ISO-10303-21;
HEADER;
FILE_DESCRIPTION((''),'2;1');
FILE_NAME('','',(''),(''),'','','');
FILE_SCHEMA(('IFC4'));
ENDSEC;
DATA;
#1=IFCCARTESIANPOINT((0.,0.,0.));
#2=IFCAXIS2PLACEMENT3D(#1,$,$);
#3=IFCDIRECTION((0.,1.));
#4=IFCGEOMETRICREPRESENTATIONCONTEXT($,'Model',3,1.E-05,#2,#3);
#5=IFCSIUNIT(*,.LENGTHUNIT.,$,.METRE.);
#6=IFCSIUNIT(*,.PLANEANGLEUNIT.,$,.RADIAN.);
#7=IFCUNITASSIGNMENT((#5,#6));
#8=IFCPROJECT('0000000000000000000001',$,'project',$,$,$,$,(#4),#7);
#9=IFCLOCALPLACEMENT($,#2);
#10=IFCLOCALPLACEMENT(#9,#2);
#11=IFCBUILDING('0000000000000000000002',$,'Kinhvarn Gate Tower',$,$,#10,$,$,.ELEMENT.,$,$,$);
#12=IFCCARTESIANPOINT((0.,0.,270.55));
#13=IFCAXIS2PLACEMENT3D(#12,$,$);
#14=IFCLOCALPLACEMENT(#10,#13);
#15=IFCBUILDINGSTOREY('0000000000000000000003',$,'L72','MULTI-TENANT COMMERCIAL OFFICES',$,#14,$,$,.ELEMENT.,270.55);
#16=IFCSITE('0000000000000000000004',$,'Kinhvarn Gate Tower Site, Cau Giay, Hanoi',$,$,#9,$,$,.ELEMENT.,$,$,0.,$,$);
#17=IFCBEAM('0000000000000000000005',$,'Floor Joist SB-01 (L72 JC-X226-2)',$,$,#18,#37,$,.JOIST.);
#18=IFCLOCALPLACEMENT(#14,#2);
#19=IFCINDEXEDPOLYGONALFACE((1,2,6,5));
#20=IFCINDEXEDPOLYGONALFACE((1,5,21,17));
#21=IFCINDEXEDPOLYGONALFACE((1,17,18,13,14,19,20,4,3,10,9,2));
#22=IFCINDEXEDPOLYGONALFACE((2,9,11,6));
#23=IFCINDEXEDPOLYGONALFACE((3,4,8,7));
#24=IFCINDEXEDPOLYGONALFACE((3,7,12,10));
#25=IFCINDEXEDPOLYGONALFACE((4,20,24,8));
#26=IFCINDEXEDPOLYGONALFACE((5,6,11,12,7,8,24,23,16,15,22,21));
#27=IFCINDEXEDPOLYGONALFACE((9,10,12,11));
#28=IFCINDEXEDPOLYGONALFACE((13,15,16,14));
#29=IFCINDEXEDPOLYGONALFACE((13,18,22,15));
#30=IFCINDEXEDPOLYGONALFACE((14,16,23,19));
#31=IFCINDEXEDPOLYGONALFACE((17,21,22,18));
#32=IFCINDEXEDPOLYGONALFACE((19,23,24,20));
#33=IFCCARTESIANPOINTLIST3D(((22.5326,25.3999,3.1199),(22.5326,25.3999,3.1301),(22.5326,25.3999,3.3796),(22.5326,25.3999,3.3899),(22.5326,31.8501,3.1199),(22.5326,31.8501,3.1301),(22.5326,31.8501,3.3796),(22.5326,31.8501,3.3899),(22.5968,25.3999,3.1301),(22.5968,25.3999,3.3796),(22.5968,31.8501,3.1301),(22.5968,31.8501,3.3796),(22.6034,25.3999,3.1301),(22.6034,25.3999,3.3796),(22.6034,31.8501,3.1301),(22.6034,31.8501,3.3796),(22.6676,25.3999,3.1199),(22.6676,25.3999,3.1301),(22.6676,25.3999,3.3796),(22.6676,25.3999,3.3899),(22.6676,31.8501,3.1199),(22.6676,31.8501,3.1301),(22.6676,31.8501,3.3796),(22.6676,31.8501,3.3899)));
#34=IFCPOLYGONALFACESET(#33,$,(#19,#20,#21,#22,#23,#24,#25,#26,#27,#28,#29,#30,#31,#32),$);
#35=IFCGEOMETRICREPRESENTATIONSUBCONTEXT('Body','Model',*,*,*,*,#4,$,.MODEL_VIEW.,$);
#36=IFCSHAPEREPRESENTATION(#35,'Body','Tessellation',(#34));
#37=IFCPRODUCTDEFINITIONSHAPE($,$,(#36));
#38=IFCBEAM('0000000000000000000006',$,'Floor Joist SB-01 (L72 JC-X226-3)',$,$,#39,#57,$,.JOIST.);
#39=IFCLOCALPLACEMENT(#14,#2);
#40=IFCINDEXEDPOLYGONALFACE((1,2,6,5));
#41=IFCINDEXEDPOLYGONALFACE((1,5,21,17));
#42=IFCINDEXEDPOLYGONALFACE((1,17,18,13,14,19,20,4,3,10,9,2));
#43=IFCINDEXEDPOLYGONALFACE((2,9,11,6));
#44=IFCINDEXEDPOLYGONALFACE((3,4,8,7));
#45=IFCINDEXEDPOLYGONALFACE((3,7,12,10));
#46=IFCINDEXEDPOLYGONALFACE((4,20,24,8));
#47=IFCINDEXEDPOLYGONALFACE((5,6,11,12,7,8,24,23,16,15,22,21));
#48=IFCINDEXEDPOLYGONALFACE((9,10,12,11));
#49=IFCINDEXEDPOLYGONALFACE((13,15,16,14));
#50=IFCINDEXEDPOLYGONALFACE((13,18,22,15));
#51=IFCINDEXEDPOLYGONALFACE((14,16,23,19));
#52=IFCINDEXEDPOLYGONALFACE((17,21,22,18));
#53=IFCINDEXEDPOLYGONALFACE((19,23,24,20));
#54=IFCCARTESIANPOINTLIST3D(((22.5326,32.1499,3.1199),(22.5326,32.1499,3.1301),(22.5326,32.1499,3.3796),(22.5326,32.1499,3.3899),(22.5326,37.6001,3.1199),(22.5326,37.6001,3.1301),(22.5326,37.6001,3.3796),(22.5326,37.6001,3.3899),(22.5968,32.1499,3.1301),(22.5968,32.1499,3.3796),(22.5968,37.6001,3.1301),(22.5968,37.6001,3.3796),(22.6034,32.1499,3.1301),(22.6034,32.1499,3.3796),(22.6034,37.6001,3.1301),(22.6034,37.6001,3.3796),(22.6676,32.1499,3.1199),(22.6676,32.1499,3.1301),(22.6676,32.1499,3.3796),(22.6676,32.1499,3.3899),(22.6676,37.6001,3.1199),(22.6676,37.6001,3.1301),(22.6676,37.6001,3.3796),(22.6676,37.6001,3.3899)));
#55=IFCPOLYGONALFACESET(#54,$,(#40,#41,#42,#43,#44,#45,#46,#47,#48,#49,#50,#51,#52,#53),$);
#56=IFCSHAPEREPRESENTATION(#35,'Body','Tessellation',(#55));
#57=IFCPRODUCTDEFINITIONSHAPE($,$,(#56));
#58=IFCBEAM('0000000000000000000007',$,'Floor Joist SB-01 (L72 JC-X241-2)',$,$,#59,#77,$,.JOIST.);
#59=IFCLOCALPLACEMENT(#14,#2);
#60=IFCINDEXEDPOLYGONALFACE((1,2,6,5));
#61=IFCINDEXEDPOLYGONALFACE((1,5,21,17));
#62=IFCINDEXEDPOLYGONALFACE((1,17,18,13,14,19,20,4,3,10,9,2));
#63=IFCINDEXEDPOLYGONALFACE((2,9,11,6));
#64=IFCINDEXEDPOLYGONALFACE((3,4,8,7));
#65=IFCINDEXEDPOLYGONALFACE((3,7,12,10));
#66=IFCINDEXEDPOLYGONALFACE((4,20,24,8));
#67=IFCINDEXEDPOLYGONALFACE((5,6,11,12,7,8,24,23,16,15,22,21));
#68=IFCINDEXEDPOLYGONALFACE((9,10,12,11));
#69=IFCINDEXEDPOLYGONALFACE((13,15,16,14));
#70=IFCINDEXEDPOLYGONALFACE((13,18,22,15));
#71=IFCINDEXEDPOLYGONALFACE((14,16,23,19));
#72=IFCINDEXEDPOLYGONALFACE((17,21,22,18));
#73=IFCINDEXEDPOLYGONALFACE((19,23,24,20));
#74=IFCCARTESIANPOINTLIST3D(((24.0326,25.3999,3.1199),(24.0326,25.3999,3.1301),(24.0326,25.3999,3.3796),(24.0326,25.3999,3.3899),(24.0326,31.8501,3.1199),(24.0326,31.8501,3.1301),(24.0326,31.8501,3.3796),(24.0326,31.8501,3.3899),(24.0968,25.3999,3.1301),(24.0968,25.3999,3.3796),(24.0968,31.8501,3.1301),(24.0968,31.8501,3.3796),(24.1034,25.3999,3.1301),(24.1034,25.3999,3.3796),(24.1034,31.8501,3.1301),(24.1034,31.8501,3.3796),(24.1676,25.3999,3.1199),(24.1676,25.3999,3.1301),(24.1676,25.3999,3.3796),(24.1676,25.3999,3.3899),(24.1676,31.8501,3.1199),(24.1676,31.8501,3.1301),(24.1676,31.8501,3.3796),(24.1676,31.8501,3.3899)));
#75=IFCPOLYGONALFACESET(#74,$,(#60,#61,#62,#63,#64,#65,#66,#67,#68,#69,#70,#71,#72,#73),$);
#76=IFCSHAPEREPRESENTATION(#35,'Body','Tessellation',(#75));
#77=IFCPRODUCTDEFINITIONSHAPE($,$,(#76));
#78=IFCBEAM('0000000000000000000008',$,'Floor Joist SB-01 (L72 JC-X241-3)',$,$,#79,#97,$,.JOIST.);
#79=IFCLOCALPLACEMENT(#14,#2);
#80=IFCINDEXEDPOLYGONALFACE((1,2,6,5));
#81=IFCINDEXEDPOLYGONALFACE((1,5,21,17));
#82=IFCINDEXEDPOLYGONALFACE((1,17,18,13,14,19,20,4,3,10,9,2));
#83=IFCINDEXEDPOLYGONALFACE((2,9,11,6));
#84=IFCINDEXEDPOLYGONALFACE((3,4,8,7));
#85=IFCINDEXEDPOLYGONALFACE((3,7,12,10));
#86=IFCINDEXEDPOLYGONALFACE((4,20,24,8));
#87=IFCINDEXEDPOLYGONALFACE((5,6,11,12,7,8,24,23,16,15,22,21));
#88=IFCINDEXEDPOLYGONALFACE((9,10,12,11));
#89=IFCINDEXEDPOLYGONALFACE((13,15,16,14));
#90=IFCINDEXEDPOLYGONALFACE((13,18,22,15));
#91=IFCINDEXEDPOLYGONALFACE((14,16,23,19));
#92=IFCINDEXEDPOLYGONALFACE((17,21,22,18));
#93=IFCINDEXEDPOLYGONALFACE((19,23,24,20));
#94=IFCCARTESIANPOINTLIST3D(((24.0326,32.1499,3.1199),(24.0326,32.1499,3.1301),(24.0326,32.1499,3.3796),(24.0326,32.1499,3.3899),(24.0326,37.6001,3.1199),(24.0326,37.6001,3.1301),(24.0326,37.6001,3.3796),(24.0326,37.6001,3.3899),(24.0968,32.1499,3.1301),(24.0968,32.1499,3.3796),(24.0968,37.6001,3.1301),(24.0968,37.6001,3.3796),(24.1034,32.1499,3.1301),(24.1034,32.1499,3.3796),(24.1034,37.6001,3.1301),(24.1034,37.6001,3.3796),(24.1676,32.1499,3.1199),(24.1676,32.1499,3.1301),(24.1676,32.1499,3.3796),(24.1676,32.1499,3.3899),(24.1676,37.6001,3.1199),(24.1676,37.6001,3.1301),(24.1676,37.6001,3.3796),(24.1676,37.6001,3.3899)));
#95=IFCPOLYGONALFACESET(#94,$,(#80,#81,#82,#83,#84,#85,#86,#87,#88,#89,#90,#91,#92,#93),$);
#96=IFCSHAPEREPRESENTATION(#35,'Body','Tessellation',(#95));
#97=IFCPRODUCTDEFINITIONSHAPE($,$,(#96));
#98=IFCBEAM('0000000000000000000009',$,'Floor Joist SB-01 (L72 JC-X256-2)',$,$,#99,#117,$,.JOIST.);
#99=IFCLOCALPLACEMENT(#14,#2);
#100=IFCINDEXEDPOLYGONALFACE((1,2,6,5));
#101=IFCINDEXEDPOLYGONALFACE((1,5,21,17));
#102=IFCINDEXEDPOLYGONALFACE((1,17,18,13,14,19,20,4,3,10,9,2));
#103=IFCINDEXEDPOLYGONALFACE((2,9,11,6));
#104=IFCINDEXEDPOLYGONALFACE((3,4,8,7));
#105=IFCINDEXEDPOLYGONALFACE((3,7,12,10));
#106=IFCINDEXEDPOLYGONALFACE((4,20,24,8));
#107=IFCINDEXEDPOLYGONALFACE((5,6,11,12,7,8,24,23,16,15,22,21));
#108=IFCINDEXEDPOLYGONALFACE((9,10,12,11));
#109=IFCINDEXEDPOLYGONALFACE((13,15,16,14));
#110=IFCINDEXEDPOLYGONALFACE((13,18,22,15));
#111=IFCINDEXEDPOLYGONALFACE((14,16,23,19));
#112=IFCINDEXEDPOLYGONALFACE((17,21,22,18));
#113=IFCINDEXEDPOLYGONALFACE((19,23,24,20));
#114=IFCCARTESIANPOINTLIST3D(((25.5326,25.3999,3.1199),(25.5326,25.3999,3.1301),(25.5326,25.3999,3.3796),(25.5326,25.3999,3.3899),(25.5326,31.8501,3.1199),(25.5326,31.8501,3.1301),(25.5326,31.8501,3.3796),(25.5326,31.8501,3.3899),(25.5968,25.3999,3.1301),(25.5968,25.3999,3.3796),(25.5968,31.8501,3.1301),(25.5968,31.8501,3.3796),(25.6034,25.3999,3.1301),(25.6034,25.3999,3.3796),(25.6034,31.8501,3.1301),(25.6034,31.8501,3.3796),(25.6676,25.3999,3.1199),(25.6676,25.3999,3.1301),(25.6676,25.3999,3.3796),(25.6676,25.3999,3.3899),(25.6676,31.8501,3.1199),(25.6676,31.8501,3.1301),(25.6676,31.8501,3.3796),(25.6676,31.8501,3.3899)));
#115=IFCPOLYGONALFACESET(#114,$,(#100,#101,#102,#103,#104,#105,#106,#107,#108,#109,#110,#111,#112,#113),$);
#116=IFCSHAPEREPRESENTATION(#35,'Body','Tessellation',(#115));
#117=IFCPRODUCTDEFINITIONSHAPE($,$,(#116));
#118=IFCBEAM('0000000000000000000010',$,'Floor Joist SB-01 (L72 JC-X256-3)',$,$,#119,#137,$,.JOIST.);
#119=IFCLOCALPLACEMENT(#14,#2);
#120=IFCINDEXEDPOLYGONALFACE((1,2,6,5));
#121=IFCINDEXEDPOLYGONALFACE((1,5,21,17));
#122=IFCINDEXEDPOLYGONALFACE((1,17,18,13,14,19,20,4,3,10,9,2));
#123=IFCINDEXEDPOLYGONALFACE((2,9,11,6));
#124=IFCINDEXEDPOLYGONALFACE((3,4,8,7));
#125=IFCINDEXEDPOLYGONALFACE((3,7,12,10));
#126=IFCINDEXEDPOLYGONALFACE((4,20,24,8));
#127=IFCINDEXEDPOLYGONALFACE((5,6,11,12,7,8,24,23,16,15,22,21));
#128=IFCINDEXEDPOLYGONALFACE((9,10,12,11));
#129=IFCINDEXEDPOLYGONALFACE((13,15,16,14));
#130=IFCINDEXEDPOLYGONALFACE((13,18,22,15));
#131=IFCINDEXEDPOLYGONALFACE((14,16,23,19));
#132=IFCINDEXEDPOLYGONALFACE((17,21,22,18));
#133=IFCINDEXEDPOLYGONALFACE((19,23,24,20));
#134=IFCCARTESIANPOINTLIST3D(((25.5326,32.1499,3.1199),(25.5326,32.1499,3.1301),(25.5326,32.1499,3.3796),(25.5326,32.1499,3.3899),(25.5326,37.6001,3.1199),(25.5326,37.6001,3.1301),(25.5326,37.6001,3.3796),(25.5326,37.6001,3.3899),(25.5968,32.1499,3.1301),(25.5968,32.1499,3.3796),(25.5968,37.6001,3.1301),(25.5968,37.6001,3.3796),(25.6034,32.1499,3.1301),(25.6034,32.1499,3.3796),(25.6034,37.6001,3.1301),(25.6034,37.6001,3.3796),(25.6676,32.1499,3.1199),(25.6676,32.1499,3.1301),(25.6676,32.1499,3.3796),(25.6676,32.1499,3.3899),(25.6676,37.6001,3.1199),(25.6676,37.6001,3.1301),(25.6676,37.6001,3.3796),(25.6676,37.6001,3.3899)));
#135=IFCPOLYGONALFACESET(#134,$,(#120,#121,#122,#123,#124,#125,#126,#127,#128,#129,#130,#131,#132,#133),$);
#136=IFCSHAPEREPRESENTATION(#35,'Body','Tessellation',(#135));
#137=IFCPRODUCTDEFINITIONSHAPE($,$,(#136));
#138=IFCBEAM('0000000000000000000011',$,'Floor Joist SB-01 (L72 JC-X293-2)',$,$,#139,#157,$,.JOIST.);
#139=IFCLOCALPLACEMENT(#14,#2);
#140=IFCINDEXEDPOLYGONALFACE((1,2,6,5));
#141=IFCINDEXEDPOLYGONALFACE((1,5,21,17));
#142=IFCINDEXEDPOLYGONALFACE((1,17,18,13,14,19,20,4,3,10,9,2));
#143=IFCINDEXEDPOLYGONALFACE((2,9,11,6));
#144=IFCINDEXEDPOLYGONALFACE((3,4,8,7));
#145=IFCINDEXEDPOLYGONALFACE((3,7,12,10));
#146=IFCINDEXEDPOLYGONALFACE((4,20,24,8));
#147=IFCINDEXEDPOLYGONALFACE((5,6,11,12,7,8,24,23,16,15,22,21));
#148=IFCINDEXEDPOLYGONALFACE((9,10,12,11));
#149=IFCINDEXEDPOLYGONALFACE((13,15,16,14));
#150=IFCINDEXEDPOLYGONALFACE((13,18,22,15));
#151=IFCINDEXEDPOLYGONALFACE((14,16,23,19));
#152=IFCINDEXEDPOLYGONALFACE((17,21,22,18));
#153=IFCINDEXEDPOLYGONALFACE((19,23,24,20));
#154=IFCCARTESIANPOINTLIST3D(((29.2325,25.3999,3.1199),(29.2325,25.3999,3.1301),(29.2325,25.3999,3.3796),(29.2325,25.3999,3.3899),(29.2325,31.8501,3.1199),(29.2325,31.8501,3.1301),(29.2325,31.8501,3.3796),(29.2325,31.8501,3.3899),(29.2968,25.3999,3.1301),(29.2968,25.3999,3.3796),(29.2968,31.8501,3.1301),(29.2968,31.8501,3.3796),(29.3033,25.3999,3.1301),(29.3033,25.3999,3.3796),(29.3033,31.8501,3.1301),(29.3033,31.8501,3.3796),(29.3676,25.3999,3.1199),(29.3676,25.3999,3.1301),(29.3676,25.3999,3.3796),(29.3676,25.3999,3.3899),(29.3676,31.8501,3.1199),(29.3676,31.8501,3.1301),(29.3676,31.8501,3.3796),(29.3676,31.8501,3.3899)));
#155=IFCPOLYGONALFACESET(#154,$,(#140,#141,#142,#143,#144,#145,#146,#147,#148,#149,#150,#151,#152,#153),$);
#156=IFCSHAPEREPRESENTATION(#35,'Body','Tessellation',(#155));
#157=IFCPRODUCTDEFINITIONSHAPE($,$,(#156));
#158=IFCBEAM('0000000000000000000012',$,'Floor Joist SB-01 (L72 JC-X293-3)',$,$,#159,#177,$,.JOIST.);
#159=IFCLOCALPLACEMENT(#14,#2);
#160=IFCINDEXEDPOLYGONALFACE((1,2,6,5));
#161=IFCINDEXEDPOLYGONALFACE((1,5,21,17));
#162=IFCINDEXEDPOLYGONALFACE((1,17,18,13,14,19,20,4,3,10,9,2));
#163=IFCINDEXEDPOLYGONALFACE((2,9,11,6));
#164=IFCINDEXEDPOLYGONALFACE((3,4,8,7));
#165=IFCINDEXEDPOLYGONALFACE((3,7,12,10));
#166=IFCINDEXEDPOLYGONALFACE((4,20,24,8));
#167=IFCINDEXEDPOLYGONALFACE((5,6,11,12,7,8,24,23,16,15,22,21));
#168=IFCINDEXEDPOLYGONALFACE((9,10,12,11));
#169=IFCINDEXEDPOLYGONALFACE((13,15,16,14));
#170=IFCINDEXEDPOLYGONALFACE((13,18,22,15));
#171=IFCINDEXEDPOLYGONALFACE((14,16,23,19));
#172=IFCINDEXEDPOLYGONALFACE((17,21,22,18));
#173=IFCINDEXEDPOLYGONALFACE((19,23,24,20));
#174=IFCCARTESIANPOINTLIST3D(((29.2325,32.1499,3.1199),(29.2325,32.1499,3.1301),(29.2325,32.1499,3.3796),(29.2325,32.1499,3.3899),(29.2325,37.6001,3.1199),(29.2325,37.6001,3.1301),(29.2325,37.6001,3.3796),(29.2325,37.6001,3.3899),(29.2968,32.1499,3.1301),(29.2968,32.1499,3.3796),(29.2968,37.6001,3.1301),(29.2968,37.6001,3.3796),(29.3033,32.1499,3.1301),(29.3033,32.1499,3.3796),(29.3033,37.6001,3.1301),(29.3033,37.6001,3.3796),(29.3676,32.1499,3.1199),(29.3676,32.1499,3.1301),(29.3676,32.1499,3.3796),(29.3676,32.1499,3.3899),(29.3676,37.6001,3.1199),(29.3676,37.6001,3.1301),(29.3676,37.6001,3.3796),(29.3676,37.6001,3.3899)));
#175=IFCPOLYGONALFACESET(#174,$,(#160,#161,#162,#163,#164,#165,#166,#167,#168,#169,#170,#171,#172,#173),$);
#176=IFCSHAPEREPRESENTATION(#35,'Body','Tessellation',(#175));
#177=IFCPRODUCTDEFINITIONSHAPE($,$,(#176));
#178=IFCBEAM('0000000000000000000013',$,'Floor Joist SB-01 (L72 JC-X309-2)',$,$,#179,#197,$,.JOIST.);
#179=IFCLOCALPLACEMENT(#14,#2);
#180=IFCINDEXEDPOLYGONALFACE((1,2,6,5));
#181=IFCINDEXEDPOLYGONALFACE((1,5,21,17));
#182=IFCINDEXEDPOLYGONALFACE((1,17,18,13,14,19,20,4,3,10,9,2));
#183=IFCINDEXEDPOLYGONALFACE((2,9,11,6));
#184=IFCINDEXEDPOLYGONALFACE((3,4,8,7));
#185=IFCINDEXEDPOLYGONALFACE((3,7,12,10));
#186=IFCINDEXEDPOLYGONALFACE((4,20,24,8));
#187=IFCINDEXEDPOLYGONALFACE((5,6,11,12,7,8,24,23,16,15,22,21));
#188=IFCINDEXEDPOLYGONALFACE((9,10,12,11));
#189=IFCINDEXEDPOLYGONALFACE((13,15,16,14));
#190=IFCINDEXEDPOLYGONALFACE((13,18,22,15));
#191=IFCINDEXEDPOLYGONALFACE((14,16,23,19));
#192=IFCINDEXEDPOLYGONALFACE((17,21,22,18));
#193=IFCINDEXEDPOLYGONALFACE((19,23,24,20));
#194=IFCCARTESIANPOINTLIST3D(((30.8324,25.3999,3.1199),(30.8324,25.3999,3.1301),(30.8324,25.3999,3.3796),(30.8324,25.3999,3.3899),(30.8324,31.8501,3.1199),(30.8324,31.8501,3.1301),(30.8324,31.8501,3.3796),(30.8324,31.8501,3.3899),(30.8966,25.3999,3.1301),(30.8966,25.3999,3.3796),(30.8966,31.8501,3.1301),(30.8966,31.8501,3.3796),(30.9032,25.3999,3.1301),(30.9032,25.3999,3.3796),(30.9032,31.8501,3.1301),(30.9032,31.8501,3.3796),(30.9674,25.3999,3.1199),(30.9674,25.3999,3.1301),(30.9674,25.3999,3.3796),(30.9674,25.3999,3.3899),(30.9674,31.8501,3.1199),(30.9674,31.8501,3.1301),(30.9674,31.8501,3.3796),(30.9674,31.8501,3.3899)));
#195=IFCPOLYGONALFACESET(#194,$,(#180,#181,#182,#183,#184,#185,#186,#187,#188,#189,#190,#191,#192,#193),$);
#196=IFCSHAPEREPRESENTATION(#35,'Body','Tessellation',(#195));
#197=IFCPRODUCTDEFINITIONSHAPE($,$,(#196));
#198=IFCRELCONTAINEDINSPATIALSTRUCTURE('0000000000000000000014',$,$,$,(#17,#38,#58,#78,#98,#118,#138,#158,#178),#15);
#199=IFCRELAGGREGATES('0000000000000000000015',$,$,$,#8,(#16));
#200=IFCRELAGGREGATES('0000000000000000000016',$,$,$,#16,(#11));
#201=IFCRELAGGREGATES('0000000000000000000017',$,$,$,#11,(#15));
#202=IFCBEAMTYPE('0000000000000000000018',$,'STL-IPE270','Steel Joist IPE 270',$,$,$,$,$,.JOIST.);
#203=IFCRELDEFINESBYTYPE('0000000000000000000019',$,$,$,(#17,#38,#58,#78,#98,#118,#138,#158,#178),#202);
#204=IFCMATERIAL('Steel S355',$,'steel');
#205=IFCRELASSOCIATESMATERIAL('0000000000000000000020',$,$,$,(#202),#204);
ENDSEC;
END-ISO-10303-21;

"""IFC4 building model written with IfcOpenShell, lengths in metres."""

from ifc_helpers import new_model, si_unit, direction, frame, origin, origin_2d, place, context, subcontext, project, spatial, i_section, extrude, material, material_profile, profile_set, type_object, element, save


model = new_model("IFC4")

# Units and contexts
model_context = context("Model", 3, precision=1e-05, world=origin(), true_north=direction((0.0, 1.0)))
body_context = subcontext(model_context, "Body", "Model", "MODEL_VIEW")
ifc_project = project(units=[si_unit("LENGTHUNIT", "METRE"), si_unit("PLANEANGLEUNIT", "RADIAN")], contexts=[model_context])

# Site, building, storey
site_placement = place(None, origin())
site = spatial("IfcSite", under=ifc_project, at=site_placement, Name="Kinhvarn Gate Tower Site, Cau Giay, Hanoi", CompositionType="ELEMENT", RefElevation=0.0)
building_placement = place(site_placement, origin())
building = spatial("IfcBuilding", under=site, at=building_placement, Name="Kinhvarn Gate Tower", CompositionType="ELEMENT")
storey_placement = place(building_placement, frame((0.0, 0.0, 270.55)))
storey = spatial("IfcBuildingStorey", under=building, at=storey_placement, Name="L72", Description="MULTI-TENANT COMMERCIAL OFFICES", CompositionType="ELEMENT", Elevation=270.55)

# Beams
ifc_material_1 = material(Name="Steel S355", Category="steel")
ifc_material_profile = material_profile(ifc_material_1, i_section(OverallWidth=0.135, OverallDepth=0.27, WebThickness=0.0066, FlangeThickness=0.0103, at=origin_2d()), Name="IPE 270")
ifc_profile_set = profile_set([ifc_material_profile], Name="Steel S355")
beam_type = type_object("IfcBeamType", Name="STL-IPE270", Description="Steel Joist IPE 270", PredefinedType="JOIST", material=ifc_profile_set)
beam_1_placement = place(storey_placement, frame((22.6001, 25.3999, 3.2549), z_axis=(0.0, 1.0, 0.0), x_axis=(-1.0, 0.0, 0.0)))
element("IfcBeam", 1, at=beam_1_placement, inside=storey, type_object=beam_type, Name="Floor Joist SB-01 (L72 JC-X226-2)", PredefinedType="JOIST", context=body_context, shape_type="SweptSolid", body=[
    extrude(i_section(OverallWidth=0.135, OverallDepth=0.27, WebThickness=0.0066, FlangeThickness=0.0103, at=origin_2d()), origin(), (0.0, 0.0, 1.0), 6.4502),
])
beam_2_placement = place(storey_placement, frame((22.6001, 32.1499, 3.2549), z_axis=(0.0, 1.0, 0.0), x_axis=(-1.0, 0.0, 0.0)))
element("IfcBeam", 2, at=beam_2_placement, inside=storey, type_object=beam_type, Name="Floor Joist SB-01 (L72 JC-X226-3)", PredefinedType="JOIST", context=body_context, shape_type="SweptSolid", body=[
    extrude(i_section(OverallWidth=0.135, OverallDepth=0.27, WebThickness=0.0066, FlangeThickness=0.0103, at=origin_2d()), origin(), (0.0, 0.0, 1.0), 5.4502),
])
beam_3_placement = place(storey_placement, frame((24.1001, 25.3999, 3.2549), z_axis=(0.0, 1.0, 0.0), x_axis=(-1.0, 0.0, 0.0)))
element("IfcBeam", 3, at=beam_3_placement, inside=storey, type_object=beam_type, Name="Floor Joist SB-01 (L72 JC-X241-2)", PredefinedType="JOIST", context=body_context, shape_type="SweptSolid", body=[
    extrude(i_section(OverallWidth=0.135, OverallDepth=0.27, WebThickness=0.0066, FlangeThickness=0.0103, at=origin_2d()), origin(), (0.0, 0.0, 1.0), 6.4502),
])
beam_4_placement = place(storey_placement, frame((24.1001, 32.1499, 3.2549), z_axis=(0.0, 1.0, 0.0), x_axis=(-1.0, 0.0, 0.0)))
element("IfcBeam", 4, at=beam_4_placement, inside=storey, type_object=beam_type, Name="Floor Joist SB-01 (L72 JC-X241-3)", PredefinedType="JOIST", context=body_context, shape_type="SweptSolid", body=[
    extrude(i_section(OverallWidth=0.135, OverallDepth=0.27, WebThickness=0.0066, FlangeThickness=0.0103, at=origin_2d()), origin(), (0.0, 0.0, 1.0), 5.4502),
])
beam_5_placement = place(storey_placement, frame((25.6001, 25.3999, 3.2549), z_axis=(0.0, 1.0, 0.0), x_axis=(-1.0, 0.0, 0.0)))
element("IfcBeam", 5, at=beam_5_placement, inside=storey, type_object=beam_type, Name="Floor Joist SB-01 (L72 JC-X256-2)", PredefinedType="JOIST", context=body_context, shape_type="SweptSolid", body=[
    extrude(i_section(OverallWidth=0.135, OverallDepth=0.27, WebThickness=0.0066, FlangeThickness=0.0103, at=origin_2d()), origin(), (0.0, 0.0, 1.0), 6.4502),
])
beam_6_placement = place(storey_placement, frame((25.6001, 32.1499, 3.2549), z_axis=(0.0, 1.0, 0.0), x_axis=(-1.0, 0.0, 0.0)))
element("IfcBeam", 6, at=beam_6_placement, inside=storey, type_object=beam_type, Name="Floor Joist SB-01 (L72 JC-X256-3)", PredefinedType="JOIST", context=body_context, shape_type="SweptSolid", body=[
    extrude(i_section(OverallWidth=0.135, OverallDepth=0.27, WebThickness=0.0066, FlangeThickness=0.0103, at=origin_2d()), origin(), (0.0, 0.0, 1.0), 5.4502),
])
beam_7_placement = place(storey_placement, frame((29.3, 25.3999, 3.2549), z_axis=(0.0, 1.0, 0.0), x_axis=(-1.0, 0.0, 0.0)))
element("IfcBeam", 7, at=beam_7_placement, inside=storey, type_object=beam_type, Name="Floor Joist SB-01 (L72 JC-X293-2)", PredefinedType="JOIST", context=body_context, shape_type="SweptSolid", body=[
    extrude(i_section(OverallWidth=0.135, OverallDepth=0.27, WebThickness=0.0066, FlangeThickness=0.0103, at=origin_2d()), origin(), (0.0, 0.0, 1.0), 6.4502),
])
beam_8_placement = place(storey_placement, frame((29.3, 32.1499, 3.2549), z_axis=(0.0, 1.0, 0.0), x_axis=(-1.0, 0.0, 0.0)))
element("IfcBeam", 8, at=beam_8_placement, inside=storey, type_object=beam_type, Name="Floor Joist SB-01 (L72 JC-X293-3)", PredefinedType="JOIST", context=body_context, shape_type="SweptSolid", body=[
    extrude(i_section(OverallWidth=0.135, OverallDepth=0.27, WebThickness=0.0066, FlangeThickness=0.0103, at=origin_2d()), origin(), (0.0, 0.0, 1.0), 5.4502),
])
beam_9_placement = place(storey_placement, frame((30.8999, 25.3999, 3.2549), z_axis=(0.0, 1.0, 0.0), x_axis=(-1.0, 0.0, 0.0)))
element("IfcBeam", 9, at=beam_9_placement, inside=storey, type_object=beam_type, Name="Floor Joist SB-01 (L72 JC-X309-2)", PredefinedType="JOIST", context=body_context, shape_type="SweptSolid", body=[
    extrude(i_section(OverallWidth=0.135, OverallDepth=0.27, WebThickness=0.0066, FlangeThickness=0.0103, at=origin_2d()), origin(), (0.0, 0.0, 1.0), 6.4502),
])

save(model, "model.ifc")
